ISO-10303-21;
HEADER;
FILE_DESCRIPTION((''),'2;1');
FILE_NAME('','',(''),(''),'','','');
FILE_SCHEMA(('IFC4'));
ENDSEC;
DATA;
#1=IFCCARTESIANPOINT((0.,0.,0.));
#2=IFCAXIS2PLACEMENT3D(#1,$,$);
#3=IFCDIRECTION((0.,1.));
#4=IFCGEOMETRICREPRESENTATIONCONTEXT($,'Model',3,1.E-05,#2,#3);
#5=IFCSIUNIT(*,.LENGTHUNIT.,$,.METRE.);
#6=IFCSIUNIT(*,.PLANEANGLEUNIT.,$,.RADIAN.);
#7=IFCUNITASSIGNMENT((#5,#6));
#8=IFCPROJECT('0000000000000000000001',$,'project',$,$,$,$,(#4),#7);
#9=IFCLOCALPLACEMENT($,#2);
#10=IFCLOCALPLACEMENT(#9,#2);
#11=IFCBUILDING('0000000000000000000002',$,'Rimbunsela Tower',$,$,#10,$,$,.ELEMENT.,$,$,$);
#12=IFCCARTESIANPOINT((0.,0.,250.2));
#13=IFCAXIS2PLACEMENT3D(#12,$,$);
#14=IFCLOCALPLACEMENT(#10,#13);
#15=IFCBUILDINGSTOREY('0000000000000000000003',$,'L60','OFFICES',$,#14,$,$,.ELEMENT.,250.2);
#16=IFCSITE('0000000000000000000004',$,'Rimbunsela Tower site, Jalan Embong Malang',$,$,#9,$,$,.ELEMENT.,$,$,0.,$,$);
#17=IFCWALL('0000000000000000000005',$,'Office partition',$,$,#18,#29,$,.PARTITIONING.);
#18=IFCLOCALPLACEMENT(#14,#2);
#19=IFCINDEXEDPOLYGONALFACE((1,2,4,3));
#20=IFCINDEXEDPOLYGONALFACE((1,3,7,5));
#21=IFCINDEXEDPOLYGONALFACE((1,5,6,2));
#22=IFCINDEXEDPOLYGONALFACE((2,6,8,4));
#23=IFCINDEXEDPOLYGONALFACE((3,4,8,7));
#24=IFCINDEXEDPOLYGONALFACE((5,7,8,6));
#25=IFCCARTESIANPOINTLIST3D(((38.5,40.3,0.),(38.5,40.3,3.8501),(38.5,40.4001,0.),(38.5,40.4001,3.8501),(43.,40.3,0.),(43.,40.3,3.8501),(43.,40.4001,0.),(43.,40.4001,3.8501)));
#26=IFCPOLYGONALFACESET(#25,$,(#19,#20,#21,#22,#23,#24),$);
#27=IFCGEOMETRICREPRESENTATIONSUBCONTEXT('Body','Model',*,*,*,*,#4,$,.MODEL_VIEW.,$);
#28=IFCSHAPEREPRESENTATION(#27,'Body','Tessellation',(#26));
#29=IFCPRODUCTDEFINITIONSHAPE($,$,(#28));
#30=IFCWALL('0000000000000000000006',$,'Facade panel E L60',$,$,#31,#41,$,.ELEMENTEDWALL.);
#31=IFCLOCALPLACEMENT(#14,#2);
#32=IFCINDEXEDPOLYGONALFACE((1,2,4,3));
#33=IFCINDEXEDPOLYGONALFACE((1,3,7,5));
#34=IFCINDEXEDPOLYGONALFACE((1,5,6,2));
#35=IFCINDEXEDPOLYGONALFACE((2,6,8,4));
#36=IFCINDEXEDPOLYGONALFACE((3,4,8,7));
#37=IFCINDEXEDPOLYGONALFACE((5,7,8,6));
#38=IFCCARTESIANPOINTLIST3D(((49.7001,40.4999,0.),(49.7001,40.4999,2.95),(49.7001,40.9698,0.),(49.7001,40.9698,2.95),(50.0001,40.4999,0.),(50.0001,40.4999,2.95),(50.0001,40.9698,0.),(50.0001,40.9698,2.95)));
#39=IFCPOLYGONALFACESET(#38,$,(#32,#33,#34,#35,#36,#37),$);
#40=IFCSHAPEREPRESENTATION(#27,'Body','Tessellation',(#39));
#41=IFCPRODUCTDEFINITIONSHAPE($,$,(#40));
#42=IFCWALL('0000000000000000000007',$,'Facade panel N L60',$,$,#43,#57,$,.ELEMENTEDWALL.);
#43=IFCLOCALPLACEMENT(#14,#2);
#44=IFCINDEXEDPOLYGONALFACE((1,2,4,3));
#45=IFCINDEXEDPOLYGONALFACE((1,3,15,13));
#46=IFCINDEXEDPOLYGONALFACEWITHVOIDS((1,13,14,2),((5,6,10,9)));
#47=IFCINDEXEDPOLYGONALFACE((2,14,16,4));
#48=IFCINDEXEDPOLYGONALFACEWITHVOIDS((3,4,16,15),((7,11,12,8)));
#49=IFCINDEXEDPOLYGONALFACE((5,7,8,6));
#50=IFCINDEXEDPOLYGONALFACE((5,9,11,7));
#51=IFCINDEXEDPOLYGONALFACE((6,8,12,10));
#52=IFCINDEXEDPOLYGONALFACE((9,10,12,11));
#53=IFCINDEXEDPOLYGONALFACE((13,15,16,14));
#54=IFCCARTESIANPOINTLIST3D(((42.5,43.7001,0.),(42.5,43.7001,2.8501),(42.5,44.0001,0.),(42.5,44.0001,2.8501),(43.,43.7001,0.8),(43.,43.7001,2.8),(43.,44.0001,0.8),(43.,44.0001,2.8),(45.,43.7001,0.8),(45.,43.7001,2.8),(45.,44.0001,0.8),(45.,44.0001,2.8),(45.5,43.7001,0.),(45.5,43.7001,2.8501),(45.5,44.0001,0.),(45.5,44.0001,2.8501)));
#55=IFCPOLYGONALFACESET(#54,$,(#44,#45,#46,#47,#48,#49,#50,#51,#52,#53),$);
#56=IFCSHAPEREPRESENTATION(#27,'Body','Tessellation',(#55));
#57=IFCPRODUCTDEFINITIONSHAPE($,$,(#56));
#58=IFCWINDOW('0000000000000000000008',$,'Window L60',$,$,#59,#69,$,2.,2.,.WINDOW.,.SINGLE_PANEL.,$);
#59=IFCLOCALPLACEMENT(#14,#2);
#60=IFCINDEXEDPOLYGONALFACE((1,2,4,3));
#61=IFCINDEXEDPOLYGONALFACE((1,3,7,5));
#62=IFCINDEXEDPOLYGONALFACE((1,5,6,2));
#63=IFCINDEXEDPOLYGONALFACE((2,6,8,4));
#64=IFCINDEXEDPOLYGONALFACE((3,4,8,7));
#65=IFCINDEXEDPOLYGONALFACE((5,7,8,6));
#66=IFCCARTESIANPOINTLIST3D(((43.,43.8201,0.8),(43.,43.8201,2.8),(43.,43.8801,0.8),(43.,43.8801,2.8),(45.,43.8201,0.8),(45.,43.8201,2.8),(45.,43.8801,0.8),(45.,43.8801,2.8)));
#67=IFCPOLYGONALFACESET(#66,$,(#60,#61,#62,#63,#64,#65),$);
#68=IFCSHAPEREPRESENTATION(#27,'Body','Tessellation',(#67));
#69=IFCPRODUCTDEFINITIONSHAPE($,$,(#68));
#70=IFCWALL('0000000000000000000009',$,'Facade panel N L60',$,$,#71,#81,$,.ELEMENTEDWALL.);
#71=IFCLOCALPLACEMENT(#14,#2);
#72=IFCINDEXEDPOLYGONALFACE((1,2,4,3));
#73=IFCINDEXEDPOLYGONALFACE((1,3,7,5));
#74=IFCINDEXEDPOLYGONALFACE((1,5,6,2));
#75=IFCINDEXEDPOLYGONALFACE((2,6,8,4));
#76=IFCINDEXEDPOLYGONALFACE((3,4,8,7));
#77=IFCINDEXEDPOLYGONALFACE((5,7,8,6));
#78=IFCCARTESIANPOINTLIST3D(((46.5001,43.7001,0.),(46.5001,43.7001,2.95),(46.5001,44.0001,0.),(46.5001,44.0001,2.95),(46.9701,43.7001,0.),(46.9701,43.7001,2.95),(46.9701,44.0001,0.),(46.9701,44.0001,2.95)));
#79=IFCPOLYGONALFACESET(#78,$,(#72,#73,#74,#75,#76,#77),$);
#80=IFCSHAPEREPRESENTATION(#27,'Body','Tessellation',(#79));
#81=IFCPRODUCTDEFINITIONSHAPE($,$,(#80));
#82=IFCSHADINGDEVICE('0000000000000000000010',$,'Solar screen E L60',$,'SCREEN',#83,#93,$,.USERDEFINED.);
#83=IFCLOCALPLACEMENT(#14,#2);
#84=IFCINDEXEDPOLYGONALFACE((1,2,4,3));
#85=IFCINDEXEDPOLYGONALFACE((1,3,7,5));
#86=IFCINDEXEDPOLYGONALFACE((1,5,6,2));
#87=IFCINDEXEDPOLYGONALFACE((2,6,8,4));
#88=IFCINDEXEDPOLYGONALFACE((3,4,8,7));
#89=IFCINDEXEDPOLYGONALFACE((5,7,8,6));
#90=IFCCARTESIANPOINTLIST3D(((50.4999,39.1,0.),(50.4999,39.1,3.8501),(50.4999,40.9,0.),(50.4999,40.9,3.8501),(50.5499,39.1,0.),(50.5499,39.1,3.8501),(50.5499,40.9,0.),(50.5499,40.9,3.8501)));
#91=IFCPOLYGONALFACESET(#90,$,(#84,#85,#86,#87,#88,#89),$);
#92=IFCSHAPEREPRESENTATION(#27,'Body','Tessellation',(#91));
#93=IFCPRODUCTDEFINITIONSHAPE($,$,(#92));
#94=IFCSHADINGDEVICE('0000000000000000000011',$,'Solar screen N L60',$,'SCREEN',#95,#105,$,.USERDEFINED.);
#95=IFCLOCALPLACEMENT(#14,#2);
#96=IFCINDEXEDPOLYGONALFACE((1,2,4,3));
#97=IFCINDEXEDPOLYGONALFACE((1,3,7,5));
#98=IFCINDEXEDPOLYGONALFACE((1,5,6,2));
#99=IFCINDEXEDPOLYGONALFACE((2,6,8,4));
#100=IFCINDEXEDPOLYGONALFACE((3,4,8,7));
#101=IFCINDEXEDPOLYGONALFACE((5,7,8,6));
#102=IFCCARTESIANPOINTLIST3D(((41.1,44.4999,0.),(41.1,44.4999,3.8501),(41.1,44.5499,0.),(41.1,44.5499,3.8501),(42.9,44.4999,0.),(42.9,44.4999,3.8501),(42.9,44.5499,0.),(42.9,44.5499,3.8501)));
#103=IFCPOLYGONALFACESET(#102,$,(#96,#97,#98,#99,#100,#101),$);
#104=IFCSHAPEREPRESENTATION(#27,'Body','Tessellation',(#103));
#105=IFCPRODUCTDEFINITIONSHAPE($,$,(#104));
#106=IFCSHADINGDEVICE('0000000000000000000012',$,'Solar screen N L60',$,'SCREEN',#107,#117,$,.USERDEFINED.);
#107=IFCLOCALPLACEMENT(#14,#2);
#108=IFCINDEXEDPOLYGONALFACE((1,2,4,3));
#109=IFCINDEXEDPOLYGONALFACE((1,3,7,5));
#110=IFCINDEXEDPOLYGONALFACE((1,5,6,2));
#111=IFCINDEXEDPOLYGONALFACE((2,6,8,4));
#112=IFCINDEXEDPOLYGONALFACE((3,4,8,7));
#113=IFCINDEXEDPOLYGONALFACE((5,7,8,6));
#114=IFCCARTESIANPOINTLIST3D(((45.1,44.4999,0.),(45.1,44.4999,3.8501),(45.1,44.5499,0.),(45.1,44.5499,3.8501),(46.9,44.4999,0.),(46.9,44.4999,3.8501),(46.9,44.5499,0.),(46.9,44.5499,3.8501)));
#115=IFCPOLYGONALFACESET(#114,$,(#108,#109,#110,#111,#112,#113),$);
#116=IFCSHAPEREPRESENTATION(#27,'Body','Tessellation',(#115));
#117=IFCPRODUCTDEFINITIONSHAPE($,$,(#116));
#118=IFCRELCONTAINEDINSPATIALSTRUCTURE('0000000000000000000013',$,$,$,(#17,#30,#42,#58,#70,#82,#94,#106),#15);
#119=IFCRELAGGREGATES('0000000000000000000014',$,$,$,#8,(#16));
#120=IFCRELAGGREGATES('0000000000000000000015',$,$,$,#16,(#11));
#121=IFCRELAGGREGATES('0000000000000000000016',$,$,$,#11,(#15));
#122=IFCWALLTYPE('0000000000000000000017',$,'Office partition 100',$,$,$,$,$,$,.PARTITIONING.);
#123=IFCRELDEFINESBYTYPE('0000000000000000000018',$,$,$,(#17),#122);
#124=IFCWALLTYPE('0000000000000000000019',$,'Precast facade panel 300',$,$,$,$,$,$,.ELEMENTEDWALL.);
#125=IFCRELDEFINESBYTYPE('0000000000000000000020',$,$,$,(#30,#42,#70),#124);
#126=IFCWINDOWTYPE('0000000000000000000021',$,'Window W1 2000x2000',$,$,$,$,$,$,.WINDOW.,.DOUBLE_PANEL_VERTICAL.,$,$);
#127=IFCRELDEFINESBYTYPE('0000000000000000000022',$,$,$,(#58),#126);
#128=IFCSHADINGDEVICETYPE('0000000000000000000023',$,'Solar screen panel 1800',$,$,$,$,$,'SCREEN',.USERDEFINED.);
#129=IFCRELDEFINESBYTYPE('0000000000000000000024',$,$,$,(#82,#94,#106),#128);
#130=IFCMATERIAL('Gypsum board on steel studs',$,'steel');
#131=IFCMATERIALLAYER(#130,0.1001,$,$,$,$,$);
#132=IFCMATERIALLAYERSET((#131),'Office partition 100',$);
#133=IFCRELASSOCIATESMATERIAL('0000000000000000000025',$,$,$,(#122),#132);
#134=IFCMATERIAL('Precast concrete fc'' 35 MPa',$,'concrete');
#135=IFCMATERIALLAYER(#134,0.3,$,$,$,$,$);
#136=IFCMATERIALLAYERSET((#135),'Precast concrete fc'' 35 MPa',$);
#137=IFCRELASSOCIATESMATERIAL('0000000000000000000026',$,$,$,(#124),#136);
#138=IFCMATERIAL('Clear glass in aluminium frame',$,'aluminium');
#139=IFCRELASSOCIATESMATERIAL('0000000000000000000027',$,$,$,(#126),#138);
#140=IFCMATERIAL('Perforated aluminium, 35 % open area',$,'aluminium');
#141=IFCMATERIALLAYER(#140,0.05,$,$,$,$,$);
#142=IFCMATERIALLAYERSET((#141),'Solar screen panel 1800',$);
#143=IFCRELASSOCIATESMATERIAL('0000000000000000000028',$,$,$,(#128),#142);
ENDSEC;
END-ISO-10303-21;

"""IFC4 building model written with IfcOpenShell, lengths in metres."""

from ifc_helpers import new_model, si_unit, direction, frame, frame_2d, origin, origin_2d, place, context, subcontext, project, spatial, rectangle, extrude, material, layer, layer_set, type_object, element, fill, save


model = new_model("IFC4")

# Units and contexts
model_context = context("Model", 3, precision=1e-05, world=origin(), true_north=direction((0.0, 1.0)))
body_context = subcontext(model_context, "Body", "Model", "MODEL_VIEW")
ifc_project = project(units=[si_unit("LENGTHUNIT", "METRE"), si_unit("PLANEANGLEUNIT", "RADIAN")], contexts=[model_context])

# Site, building, storey
site_placement = place(None, origin())
site = spatial("IfcSite", under=ifc_project, at=site_placement, Name="Rimbunsela Tower site, Jalan Embong Malang", CompositionType="ELEMENT", RefElevation=0.0)
building_placement = place(site_placement, origin())
building = spatial("IfcBuilding", under=site, at=building_placement, Name="Rimbunsela Tower", CompositionType="ELEMENT")
storey_placement = place(building_placement, frame((0.0, 0.0, 250.2)))
storey = spatial("IfcBuildingStorey", under=building, at=storey_placement, Name="L60", Description="OFFICES", CompositionType="ELEMENT", Elevation=250.2)

# Walls
ifc_material_1 = material(Name="Gypsum board on steel studs", Category="steel")
ifc_layer_1 = layer(ifc_material_1, 0.1001)
ifc_layer_set_1 = layer_set([ifc_layer_1], Name="Office partition 100")
wall_type_1 = type_object("IfcWallType", Name="Office partition 100", PredefinedType="PARTITIONING", material=ifc_layer_set_1)
wall_1_placement = place(storey_placement, frame((43.0, 40.3501, 0.0), z_axis=(0.0, 0.0, 1.0), x_axis=(-1.0, 0.0, 0.0)))
element("IfcWall", 1, at=wall_1_placement, inside=storey, type_object=wall_type_1, Name="Office partition", PredefinedType="PARTITIONING", context=body_context, shape_type="SweptSolid", body=[
    extrude(rectangle(XDim=4.5, YDim=0.1001, at=frame_2d((2.25, 0.0))), origin(), (0.0, 0.0, 1.0), 3.8501),
])
ifc_material_2 = material(Name="Precast concrete fc' 35 MPa", Category="concrete")
ifc_layer_2 = layer(ifc_material_2, 0.3)
ifc_layer_set_2 = layer_set([ifc_layer_2], Name="Precast concrete fc' 35 MPa")
wall_type_2 = type_object("IfcWallType", Name="Precast facade panel 300", PredefinedType="ELEMENTEDWALL", material=ifc_layer_set_2)
wall_2_placement = place(storey_placement, frame((49.8501, 40.5, 0.0), z_axis=(0.0, 0.0, 1.0), x_axis=(0.0, 1.0, 0.0)))
element("IfcWall", 2, at=wall_2_placement, inside=storey, type_object=wall_type_2, Name="Facade panel E L60", PredefinedType="ELEMENTEDWALL", context=body_context, shape_type="SweptSolid", body=[
    extrude(rectangle(XDim=0.47, YDim=0.3, at=frame_2d((0.2349, 0.0))), origin(), (0.0, 0.0, 1.0), 2.95),
])

# Wall, opening, window
wall_3_placement = place(storey_placement, frame((45.5, 43.8501, 0.0), z_axis=(0.0, 0.0, 1.0), x_axis=(-1.0, 0.0, 0.0)))
wall_3 = element("IfcWall", 3, at=wall_3_placement, inside=storey, type_object=wall_type_2, Name="Facade panel N L60", PredefinedType="ELEMENTEDWALL", context=body_context, shape_type="SweptSolid", body=[
    extrude(rectangle(XDim=3.0, YDim=0.3, at=frame_2d((1.5, 0.0))), origin(), (0.0, 0.0, 1.0), 2.8501),
])
opening_placement = place(wall_3_placement, frame((0.5, 0.0, 0.8)))
opening = element("IfcOpeningElement", 4, at=opening_placement, cuts=wall_3, PredefinedType="OPENING", context=body_context, shape_type="SweptSolid", body=[
    extrude(rectangle(XDim=2.0, YDim=2.0, at=frame_2d((1.0, 1.0))), frame((0.0, 0.1599, 0.0), z_axis=(0.0, -1.0, 0.0), x_axis=(1.0, 0.0, 0.0)), (0.0, 0.0, 1.0), 0.3201),
])
ifc_material_3 = material(Name="Clear glass in aluminium frame", Category="aluminium")
window_type = type_object("IfcWindowType", Name="Window W1 2000x2000", PartitioningType="DOUBLE_PANEL_VERTICAL", PredefinedType="WINDOW", material=ifc_material_3)
window_placement = place(opening_placement, origin())
window = element("IfcWindow", 5, at=window_placement, inside=storey, type_object=window_type, Name="Window L60", OverallHeight=2.0, OverallWidth=2.0, PartitioningType="SINGLE_PANEL", PredefinedType="WINDOW", context=body_context, shape_type="SweptSolid", body=[
    extrude(rectangle(XDim=2.0, YDim=2.0, at=frame_2d((1.0, 1.0))), frame((0.0, 0.03, 0.0), z_axis=(0.0, -1.0, 0.0), x_axis=(1.0, 0.0, 0.0)), (0.0, 0.0, 1.0), 0.0601),
])
fill(opening, window)

# Wall
wall_4_placement = place(storey_placement, frame((46.97, 43.8501, 0.0), z_axis=(0.0, 0.0, 1.0), x_axis=(-1.0, 0.0, 0.0)))
element("IfcWall", 6, at=wall_4_placement, inside=storey, type_object=wall_type_2, Name="Facade panel N L60", PredefinedType="ELEMENTEDWALL", context=body_context, shape_type="SweptSolid", body=[
    extrude(rectangle(XDim=0.47, YDim=0.3, at=frame_2d((0.2349, 0.0))), origin(), (0.0, 0.0, 1.0), 2.95),
])

# Shading devices
ifc_material_4 = material(Name="Perforated aluminium, 35 % open area", Category="aluminium")
ifc_layer_3 = layer(ifc_material_4, 0.05)
ifc_layer_set_3 = layer_set([ifc_layer_3], Name="Solar screen panel 1800")
shading_device_type = type_object("IfcShadingDeviceType", Name="Solar screen panel 1800", ElementType="SCREEN", PredefinedType="USERDEFINED", material=ifc_layer_set_3)
for number, where, z_axis, x_axis, name in (
    (7, (50.5249, 40.0, 0.0), (0.0, 0.0, 1.0), (0.0, 1.0, 0.0), "Solar screen E L60"),
    (8, (42.0, 44.5249, 0.0), (0.0, 0.0, 1.0), (1.0, 0.0, 0.0), "Solar screen N L60"),
    (9, (46.0, 44.5249, 0.0), (0.0, 0.0, 1.0), (1.0, 0.0, 0.0), "Solar screen N L60"),
):
    element("IfcShadingDevice", number, at=place(storey_placement, frame(where, z_axis=z_axis, x_axis=x_axis)), inside=storey, type_object=shading_device_type, Name=name, ObjectType="SCREEN", PredefinedType="USERDEFINED", context=body_context, shape_type="SweptSolid", body=[
        extrude(rectangle(XDim=1.8, YDim=0.05, at=origin_2d()), origin(), (0.0, 0.0, 1.0), 3.8501),
    ])

save(model, "model.ifc")
